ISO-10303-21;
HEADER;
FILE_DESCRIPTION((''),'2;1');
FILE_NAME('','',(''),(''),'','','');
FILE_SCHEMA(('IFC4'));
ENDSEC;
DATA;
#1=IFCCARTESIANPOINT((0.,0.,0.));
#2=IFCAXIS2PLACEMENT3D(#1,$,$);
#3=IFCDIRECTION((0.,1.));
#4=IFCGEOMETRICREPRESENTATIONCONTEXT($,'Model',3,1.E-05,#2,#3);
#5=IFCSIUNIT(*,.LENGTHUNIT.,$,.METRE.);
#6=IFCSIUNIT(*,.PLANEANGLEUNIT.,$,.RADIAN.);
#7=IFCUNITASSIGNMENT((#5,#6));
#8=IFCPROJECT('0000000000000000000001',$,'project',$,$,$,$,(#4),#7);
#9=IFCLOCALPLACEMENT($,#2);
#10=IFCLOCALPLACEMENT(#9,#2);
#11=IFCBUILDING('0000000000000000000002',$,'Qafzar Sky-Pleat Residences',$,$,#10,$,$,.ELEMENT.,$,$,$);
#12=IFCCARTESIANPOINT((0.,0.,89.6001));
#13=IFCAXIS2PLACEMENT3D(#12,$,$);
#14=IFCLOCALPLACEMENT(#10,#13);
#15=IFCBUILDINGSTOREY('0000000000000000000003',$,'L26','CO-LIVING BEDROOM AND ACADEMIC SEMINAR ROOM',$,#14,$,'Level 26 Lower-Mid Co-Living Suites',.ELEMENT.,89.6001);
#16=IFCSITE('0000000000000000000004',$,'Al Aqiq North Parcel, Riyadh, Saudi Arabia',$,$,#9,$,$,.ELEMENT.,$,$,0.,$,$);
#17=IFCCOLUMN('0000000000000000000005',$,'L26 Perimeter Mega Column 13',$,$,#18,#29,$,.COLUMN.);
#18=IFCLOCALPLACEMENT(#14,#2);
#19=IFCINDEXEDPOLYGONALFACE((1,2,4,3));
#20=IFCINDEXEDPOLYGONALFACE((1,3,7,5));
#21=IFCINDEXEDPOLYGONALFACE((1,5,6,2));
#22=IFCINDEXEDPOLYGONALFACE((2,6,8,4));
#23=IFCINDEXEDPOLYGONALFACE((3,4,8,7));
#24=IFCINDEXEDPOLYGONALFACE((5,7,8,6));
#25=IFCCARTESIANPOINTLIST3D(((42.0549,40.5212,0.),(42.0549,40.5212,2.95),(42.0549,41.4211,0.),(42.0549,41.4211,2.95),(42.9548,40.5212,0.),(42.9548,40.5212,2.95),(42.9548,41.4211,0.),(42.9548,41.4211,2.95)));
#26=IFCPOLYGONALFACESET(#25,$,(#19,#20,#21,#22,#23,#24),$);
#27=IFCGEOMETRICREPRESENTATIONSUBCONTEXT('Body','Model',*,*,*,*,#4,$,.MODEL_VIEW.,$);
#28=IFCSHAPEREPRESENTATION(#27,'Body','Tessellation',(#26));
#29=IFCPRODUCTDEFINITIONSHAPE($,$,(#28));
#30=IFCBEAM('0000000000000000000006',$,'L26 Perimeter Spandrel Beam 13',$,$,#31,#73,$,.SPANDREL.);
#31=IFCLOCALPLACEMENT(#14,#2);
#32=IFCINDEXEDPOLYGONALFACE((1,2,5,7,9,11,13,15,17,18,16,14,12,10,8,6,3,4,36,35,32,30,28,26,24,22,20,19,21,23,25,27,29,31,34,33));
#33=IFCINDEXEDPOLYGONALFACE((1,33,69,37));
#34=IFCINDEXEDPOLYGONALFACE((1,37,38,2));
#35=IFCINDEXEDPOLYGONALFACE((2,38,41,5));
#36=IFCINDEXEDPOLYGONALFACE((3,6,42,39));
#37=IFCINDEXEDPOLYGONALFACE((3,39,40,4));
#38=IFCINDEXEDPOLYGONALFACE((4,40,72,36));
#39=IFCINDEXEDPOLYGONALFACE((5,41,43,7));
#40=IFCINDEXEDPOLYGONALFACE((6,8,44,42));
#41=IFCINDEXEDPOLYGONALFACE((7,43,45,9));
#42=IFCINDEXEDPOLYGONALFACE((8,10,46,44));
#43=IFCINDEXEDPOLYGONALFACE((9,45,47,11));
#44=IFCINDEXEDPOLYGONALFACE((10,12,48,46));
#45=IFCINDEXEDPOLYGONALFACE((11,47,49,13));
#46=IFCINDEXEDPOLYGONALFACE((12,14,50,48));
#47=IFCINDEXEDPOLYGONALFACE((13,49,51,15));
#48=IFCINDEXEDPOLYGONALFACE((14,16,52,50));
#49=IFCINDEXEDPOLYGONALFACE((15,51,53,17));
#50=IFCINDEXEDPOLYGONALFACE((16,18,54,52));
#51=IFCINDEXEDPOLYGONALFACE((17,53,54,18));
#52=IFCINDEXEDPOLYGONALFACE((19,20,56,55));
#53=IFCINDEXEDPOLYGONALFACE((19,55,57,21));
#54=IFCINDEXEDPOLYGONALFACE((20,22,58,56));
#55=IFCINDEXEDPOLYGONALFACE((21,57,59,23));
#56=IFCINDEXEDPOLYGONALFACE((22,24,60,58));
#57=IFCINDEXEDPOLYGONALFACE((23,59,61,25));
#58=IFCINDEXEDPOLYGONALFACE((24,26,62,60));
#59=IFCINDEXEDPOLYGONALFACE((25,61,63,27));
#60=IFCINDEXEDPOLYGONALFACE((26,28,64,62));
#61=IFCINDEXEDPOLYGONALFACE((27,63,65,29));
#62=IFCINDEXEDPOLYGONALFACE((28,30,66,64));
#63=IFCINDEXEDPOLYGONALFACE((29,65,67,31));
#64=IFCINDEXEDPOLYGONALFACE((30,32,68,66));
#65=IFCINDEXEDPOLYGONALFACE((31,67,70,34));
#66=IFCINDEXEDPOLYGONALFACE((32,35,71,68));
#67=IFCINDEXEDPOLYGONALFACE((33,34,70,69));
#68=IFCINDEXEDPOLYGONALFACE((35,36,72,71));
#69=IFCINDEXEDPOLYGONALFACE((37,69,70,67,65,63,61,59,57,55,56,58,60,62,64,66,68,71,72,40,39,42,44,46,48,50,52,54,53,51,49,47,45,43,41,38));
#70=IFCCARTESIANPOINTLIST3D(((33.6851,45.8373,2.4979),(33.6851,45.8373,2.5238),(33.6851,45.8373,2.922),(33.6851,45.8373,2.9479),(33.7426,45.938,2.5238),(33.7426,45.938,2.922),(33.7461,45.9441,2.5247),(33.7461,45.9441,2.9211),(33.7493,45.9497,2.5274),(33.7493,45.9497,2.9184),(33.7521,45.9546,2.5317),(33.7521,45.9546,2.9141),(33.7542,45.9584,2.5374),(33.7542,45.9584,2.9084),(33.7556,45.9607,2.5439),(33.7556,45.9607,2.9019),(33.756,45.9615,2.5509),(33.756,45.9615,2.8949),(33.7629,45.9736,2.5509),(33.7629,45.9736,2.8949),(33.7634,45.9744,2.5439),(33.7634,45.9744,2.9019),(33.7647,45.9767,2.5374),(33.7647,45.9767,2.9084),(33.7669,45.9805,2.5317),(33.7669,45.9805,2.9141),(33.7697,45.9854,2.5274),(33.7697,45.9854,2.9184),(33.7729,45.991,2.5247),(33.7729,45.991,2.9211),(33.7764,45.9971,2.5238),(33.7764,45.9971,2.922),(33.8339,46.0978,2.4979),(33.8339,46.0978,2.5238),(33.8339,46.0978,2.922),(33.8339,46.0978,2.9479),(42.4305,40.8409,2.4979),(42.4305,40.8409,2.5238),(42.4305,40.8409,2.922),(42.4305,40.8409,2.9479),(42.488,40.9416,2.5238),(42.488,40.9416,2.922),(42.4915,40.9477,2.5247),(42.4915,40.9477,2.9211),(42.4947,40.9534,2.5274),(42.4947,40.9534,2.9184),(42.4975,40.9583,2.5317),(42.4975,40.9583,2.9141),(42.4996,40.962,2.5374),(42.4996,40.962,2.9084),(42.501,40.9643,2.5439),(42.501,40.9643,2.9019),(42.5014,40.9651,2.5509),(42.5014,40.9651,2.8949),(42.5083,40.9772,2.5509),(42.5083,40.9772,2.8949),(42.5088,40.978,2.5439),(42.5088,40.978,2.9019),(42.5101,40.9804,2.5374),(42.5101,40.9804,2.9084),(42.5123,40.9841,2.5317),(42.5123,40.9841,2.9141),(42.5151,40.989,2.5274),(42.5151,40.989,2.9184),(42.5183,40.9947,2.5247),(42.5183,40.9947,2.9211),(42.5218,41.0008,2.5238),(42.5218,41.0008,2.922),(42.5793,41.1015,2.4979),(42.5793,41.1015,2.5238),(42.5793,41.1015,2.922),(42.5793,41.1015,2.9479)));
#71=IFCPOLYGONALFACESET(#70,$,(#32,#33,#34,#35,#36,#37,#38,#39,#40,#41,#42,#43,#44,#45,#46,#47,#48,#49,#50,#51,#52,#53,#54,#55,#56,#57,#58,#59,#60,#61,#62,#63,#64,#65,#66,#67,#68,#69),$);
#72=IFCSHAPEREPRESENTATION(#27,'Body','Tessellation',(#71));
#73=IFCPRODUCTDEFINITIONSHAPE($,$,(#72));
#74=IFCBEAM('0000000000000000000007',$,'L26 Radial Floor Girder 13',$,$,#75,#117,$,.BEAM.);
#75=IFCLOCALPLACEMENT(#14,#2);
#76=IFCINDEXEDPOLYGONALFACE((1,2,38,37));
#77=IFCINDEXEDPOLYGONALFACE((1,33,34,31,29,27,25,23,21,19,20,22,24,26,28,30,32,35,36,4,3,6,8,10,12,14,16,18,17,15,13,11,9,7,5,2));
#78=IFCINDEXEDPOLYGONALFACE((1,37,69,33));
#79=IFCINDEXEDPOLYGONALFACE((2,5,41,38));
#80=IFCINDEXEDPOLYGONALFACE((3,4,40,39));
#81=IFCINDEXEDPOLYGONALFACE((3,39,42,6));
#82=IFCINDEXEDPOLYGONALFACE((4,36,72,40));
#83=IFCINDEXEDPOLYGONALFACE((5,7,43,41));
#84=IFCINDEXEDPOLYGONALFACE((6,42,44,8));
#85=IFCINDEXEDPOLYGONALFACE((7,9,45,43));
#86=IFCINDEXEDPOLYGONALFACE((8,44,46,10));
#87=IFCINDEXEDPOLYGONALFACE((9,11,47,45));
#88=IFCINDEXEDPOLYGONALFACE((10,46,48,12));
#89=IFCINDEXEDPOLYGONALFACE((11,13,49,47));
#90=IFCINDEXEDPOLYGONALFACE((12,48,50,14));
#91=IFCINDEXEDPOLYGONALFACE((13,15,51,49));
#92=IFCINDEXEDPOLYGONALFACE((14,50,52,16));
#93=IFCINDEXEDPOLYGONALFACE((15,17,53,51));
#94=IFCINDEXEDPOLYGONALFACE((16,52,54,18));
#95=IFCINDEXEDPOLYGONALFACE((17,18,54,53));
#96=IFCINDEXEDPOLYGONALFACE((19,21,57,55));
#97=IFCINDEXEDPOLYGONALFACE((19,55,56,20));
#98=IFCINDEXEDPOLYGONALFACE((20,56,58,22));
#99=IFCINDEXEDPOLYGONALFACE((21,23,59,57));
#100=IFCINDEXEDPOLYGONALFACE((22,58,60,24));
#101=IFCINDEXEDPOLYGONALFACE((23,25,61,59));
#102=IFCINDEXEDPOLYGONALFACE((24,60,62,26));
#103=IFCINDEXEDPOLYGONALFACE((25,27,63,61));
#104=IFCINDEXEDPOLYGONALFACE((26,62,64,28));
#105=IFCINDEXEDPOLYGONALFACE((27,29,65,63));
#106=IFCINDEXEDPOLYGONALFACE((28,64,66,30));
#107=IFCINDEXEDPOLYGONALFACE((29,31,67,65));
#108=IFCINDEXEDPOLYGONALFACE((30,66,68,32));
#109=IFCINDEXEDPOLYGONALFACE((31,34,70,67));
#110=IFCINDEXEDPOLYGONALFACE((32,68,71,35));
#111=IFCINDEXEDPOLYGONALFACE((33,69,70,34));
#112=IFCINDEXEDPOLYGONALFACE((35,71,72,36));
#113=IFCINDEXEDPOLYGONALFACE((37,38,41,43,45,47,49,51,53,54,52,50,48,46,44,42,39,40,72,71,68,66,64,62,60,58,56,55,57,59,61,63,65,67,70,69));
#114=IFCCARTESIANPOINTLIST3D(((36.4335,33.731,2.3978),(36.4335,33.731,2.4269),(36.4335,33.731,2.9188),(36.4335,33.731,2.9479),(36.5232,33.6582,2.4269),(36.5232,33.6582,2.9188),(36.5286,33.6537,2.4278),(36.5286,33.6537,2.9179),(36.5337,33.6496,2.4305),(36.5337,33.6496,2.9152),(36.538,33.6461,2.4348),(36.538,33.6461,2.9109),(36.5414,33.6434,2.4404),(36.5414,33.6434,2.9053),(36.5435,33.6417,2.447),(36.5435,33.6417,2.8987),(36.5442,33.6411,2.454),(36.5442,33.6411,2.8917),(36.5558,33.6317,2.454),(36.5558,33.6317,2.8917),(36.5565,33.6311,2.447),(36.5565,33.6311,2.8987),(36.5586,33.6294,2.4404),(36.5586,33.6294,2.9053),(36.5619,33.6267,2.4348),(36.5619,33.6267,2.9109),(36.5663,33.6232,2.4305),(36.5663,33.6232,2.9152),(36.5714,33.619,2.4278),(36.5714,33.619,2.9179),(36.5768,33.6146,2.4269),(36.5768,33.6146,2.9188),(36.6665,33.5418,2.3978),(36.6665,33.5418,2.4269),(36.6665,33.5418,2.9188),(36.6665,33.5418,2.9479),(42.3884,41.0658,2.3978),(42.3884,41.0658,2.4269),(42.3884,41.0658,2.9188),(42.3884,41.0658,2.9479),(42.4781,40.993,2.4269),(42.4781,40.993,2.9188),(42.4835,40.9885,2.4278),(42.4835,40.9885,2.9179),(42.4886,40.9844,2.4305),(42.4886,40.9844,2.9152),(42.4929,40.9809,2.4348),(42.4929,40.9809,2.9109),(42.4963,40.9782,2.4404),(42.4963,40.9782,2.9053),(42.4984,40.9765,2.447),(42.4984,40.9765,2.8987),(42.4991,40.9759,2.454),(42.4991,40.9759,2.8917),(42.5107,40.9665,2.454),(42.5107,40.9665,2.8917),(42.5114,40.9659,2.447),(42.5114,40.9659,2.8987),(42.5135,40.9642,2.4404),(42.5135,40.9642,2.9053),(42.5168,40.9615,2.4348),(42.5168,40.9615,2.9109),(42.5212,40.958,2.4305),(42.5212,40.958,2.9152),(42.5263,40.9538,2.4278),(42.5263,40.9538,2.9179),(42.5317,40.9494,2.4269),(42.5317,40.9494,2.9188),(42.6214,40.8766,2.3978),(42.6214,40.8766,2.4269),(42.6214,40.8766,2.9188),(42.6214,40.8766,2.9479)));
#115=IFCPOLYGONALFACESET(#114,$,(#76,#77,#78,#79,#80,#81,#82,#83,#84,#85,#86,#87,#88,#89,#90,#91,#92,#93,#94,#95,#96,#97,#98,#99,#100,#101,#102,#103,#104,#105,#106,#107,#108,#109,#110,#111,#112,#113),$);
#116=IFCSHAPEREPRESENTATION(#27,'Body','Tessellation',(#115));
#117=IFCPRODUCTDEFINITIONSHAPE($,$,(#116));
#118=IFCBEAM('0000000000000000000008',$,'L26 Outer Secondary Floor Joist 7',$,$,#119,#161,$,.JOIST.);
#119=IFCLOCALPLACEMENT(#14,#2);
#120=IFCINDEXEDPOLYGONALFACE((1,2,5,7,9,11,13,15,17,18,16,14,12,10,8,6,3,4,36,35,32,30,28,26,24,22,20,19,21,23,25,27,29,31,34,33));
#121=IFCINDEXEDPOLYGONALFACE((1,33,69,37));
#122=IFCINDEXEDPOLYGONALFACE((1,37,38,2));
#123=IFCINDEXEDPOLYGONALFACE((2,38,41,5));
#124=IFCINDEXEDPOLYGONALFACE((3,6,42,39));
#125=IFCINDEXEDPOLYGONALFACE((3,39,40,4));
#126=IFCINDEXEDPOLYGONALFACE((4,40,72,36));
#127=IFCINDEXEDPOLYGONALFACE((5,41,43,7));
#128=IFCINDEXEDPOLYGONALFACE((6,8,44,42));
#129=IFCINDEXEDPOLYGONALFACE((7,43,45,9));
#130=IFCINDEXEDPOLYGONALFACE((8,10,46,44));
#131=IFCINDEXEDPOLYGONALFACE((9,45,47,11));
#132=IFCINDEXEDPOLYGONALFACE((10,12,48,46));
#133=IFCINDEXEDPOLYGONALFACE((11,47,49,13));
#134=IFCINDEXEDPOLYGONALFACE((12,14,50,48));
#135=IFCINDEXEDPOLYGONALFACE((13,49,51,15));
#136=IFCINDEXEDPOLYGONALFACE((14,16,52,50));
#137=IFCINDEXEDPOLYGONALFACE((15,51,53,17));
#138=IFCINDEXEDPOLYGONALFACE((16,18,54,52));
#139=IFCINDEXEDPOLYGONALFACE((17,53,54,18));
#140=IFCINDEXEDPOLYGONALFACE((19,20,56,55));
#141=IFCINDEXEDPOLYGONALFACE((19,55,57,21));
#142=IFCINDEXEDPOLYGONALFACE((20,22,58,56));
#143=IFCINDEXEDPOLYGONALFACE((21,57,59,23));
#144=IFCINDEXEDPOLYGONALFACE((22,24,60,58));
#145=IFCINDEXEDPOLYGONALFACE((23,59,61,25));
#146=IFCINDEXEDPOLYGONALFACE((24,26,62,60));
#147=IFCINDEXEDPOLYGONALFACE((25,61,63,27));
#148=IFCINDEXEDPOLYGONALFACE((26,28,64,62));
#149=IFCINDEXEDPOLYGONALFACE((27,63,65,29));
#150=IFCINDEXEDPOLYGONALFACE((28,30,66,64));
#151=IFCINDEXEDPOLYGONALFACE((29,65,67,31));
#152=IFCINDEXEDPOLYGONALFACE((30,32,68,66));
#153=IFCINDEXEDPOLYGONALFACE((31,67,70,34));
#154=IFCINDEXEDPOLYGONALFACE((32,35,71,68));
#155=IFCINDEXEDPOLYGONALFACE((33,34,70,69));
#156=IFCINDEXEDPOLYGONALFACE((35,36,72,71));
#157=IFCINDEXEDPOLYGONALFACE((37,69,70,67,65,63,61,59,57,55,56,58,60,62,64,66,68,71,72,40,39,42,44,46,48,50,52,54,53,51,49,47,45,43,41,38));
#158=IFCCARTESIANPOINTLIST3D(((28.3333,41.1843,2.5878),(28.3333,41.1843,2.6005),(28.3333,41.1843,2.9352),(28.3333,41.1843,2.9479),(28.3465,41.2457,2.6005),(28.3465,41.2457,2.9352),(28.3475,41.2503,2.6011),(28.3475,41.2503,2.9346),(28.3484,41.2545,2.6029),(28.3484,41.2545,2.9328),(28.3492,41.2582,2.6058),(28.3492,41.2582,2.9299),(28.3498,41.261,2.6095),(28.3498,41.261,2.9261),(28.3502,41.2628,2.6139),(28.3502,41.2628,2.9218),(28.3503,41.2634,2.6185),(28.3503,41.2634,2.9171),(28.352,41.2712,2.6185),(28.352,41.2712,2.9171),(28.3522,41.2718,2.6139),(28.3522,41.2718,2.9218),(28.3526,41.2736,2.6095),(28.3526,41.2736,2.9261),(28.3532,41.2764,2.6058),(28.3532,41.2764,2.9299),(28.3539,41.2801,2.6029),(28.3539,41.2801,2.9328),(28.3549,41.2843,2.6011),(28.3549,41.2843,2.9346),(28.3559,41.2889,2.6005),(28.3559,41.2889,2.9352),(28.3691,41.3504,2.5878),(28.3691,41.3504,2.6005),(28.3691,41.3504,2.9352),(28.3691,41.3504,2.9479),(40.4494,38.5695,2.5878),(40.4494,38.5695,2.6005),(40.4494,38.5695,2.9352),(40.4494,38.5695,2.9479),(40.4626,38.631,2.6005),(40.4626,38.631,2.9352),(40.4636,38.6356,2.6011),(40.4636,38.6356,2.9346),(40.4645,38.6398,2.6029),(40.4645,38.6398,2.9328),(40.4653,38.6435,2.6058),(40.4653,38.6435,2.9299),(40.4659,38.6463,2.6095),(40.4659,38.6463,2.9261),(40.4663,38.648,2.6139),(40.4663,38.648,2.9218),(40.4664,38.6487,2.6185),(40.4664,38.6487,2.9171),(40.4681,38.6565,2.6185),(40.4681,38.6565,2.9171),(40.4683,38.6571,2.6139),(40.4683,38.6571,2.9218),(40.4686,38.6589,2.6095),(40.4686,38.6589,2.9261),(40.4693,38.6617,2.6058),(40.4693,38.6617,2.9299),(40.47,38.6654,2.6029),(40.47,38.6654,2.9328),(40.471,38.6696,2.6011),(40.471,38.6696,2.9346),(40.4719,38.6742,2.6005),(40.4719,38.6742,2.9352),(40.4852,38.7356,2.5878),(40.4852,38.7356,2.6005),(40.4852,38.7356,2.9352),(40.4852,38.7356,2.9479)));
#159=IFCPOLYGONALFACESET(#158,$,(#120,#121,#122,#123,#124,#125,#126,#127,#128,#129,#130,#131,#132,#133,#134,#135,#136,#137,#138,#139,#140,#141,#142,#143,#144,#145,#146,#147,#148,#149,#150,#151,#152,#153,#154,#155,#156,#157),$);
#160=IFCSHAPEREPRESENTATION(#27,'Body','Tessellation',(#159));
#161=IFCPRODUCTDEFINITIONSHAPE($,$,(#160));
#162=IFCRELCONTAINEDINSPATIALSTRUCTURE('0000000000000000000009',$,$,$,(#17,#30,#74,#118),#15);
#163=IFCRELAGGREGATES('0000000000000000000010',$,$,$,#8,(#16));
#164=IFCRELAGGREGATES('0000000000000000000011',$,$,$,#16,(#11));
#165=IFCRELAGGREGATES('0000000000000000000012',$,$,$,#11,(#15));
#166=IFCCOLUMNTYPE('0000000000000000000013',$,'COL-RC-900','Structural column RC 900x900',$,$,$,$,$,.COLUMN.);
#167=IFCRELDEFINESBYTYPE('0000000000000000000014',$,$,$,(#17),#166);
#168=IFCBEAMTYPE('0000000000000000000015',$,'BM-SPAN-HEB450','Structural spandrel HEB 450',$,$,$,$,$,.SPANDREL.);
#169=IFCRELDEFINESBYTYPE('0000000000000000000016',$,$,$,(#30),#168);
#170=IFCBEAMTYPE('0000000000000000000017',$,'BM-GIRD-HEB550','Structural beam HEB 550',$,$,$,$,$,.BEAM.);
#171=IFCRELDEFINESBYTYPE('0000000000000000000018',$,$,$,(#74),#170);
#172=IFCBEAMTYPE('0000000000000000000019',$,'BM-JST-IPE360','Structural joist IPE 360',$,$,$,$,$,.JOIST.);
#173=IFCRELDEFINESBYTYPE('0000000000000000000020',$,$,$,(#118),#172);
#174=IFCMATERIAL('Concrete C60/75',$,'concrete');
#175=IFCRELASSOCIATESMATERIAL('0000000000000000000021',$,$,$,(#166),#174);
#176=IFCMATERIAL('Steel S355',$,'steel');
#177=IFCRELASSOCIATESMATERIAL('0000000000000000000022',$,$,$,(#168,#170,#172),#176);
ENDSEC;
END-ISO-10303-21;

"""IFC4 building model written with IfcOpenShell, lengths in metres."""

from ifc_helpers import new_model, si_unit, direction, frame, origin, origin_2d, place, context, subcontext, project, spatial, rectangle, i_section, extrude, source, transform, mapped, material, material_profile, profile_set, type_object, element, save


model = new_model("IFC4")

# Units and contexts
model_context = context("Model", 3, precision=1e-05, world=origin(), true_north=direction((0.0, 1.0)))
body_context = subcontext(model_context, "Body", "Model", "MODEL_VIEW")
ifc_project = project(units=[si_unit("LENGTHUNIT", "METRE"), si_unit("PLANEANGLEUNIT", "RADIAN")], contexts=[model_context])

# Site, building, storey
site_placement = place(None, origin())
site = spatial("IfcSite", under=ifc_project, at=site_placement, Name="Al Aqiq North Parcel, Riyadh, Saudi Arabia", CompositionType="ELEMENT", RefElevation=0.0)
building_placement = place(site_placement, origin())
building = spatial("IfcBuilding", under=site, at=building_placement, Name="Qafzar Sky-Pleat Residences", CompositionType="ELEMENT")
storey_placement = place(building_placement, frame((0.0, 0.0, 89.6001)))
storey = spatial("IfcBuildingStorey", under=building, at=storey_placement, Name="L26", Description="CO-LIVING BEDROOM AND ACADEMIC SEMINAR ROOM", LongName="Level 26 Lower-Mid Co-Living Suites", CompositionType="ELEMENT", Elevation=89.6001)

# Column
ifc_material_1 = material(Name="Concrete C60/75", Category="concrete")
ifc_material_profile_1 = material_profile(ifc_material_1, rectangle(XDim=0.8999, YDim=0.8999, at=origin_2d()), Name="RC 900x900")
ifc_profile_set_1 = profile_set([ifc_material_profile_1], Name="Concrete C60/75")
column_type = type_object("IfcColumnType", Name="COL-RC-900", Description="Structural column RC 900x900", PredefinedType="COLUMN", material=ifc_profile_set_1)
shared_shape_1 = source(origin(), body_context, "Body", "SweptSolid", [
    extrude(rectangle(XDim=0.8999, YDim=0.8999, at=origin_2d()), origin(), (0.0, 0.0, 1.0), 2.95),
])
column_placement = place(storey_placement, frame((42.5049, 40.9712, 0.0), z_axis=(0.0, 0.0, 1.0), x_axis=(1.0, 0.0, 0.0)))
element("IfcColumn", 1, at=column_placement, inside=storey, type_object=column_type, Name="L26 Perimeter Mega Column 13", PredefinedType="COLUMN", context=body_context, shape_type="MappedRepresentation", body=[
    mapped(shared_shape_1, transform((0.0, 0.0, 0.0), x_axis=(1.0, 0.0, 0.0), y_axis=(0.0, 1.0, 0.0), z_axis=(0.0, 0.0, 1.0), scale=1.0)),
])

# Beams
ifc_material_2 = material(Name="Steel S355", Category="steel")
ifc_material_profile_2 = material_profile(ifc_material_2, i_section(OverallWidth=0.3, OverallDepth=0.45, WebThickness=0.0139, FlangeThickness=0.0259, FilletRadius=0.0271, at=origin_2d()), Name="HEB 450")
ifc_profile_set_2 = profile_set([ifc_material_profile_2], Name="Steel S355")
beam_type_1 = type_object("IfcBeamType", Name="BM-SPAN-HEB450", Description="Structural spandrel HEB 450", PredefinedType="SPANDREL", material=ifc_profile_set_2)
shared_shape_2 = source(origin(), body_context, "Body", "SweptSolid", [
    extrude(i_section(OverallWidth=0.3, OverallDepth=0.45, WebThickness=0.0139, FlangeThickness=0.0259, FilletRadius=0.0271, at=origin_2d()), origin(), (0.0, 0.0, 1.0), 10.072),
])
beam_1_placement = place(storey_placement, frame((42.5049, 40.9712, 2.7229), z_axis=(-0.868286, 0.496063, 0.0), x_axis=(-0.496063, -0.868286, 0.0)))
element("IfcBeam", 2, at=beam_1_placement, inside=storey, type_object=beam_type_1, Name="L26 Perimeter Spandrel Beam 13", PredefinedType="SPANDREL", context=body_context, shape_type="MappedRepresentation", body=[
    mapped(shared_shape_2, transform((0.0, 0.0, 0.0), x_axis=(1.0, 0.0, 0.0), y_axis=(0.0, 1.0, 0.0), z_axis=(0.0, 0.0, 1.0), scale=1.0)),
])
ifc_material_profile_3 = material_profile(ifc_material_2, i_section(OverallWidth=0.3, OverallDepth=0.55, WebThickness=0.0149, FlangeThickness=0.0291, FilletRadius=0.0271, at=origin_2d()), Name="HEB 550")
ifc_profile_set_3 = profile_set([ifc_material_profile_3], Name="Steel S355")
beam_type_2 = type_object("IfcBeamType", Name="BM-GIRD-HEB550", Description="Structural beam HEB 550", PredefinedType="BEAM", material=ifc_profile_set_3)
shared_shape_3 = source(origin(), body_context, "Body", "SweptSolid", [
    extrude(i_section(OverallWidth=0.3, OverallDepth=0.55, WebThickness=0.0149, FlangeThickness=0.0291, FilletRadius=0.0271, at=origin_2d()), origin(), (0.0, 0.0, 1.0), 9.4478),
])
beam_2_placement = place(storey_placement, frame((42.5049, 40.9712, 2.6729), z_axis=(-0.630298, -0.776353, 0.0), x_axis=(0.776353, -0.630298, 0.0)))
element("IfcBeam", 3, at=beam_2_placement, inside=storey, type_object=beam_type_2, Name="L26 Radial Floor Girder 13", PredefinedType="BEAM", context=body_context, shape_type="MappedRepresentation", body=[
    mapped(shared_shape_3, transform((0.0, 0.0, 0.0), x_axis=(1.0, 0.0, 0.0), y_axis=(0.0, 1.0, 0.0), z_axis=(0.0, 0.0, 1.0), scale=1.0)),
])
ifc_material_profile_4 = material_profile(ifc_material_2, i_section(OverallWidth=0.1699, OverallDepth=0.3601, WebThickness=0.0081, FlangeThickness=0.0127, FilletRadius=0.0181, at=origin_2d()), Name="IPE 360")
ifc_profile_set_4 = profile_set([ifc_material_profile_4], Name="Steel S355")
beam_type_3 = type_object("IfcBeamType", Name="BM-JST-IPE360", Description="Structural joist IPE 360", PredefinedType="JOIST", material=ifc_profile_set_4)
shared_shape_4 = source(origin(), body_context, "Body", "SweptSolid", [
    extrude(i_section(OverallWidth=0.1699, OverallDepth=0.3601, WebThickness=0.0081, FlangeThickness=0.0127, FilletRadius=0.0181, at=origin_2d()), origin(), (0.0, 0.0, 1.0), 12.395),
])
beam_3_placement = place(storey_placement, frame((40.4673, 38.6526, 2.7678), z_axis=(-0.977497, 0.210949, 0.0), x_axis=(-0.210949, -0.977497, 0.0)))
element("IfcBeam", 4, at=beam_3_placement, inside=storey, type_object=beam_type_3, Name="L26 Outer Secondary Floor Joist 7", PredefinedType="JOIST", context=body_context, shape_type="MappedRepresentation", body=[
    mapped(shared_shape_4, transform((0.0, 0.0, 0.0), x_axis=(1.0, 0.0, 0.0), y_axis=(0.0, 1.0, 0.0), z_axis=(0.0, 0.0, 1.0), scale=1.0)),
])

save(model, "model.ifc")
